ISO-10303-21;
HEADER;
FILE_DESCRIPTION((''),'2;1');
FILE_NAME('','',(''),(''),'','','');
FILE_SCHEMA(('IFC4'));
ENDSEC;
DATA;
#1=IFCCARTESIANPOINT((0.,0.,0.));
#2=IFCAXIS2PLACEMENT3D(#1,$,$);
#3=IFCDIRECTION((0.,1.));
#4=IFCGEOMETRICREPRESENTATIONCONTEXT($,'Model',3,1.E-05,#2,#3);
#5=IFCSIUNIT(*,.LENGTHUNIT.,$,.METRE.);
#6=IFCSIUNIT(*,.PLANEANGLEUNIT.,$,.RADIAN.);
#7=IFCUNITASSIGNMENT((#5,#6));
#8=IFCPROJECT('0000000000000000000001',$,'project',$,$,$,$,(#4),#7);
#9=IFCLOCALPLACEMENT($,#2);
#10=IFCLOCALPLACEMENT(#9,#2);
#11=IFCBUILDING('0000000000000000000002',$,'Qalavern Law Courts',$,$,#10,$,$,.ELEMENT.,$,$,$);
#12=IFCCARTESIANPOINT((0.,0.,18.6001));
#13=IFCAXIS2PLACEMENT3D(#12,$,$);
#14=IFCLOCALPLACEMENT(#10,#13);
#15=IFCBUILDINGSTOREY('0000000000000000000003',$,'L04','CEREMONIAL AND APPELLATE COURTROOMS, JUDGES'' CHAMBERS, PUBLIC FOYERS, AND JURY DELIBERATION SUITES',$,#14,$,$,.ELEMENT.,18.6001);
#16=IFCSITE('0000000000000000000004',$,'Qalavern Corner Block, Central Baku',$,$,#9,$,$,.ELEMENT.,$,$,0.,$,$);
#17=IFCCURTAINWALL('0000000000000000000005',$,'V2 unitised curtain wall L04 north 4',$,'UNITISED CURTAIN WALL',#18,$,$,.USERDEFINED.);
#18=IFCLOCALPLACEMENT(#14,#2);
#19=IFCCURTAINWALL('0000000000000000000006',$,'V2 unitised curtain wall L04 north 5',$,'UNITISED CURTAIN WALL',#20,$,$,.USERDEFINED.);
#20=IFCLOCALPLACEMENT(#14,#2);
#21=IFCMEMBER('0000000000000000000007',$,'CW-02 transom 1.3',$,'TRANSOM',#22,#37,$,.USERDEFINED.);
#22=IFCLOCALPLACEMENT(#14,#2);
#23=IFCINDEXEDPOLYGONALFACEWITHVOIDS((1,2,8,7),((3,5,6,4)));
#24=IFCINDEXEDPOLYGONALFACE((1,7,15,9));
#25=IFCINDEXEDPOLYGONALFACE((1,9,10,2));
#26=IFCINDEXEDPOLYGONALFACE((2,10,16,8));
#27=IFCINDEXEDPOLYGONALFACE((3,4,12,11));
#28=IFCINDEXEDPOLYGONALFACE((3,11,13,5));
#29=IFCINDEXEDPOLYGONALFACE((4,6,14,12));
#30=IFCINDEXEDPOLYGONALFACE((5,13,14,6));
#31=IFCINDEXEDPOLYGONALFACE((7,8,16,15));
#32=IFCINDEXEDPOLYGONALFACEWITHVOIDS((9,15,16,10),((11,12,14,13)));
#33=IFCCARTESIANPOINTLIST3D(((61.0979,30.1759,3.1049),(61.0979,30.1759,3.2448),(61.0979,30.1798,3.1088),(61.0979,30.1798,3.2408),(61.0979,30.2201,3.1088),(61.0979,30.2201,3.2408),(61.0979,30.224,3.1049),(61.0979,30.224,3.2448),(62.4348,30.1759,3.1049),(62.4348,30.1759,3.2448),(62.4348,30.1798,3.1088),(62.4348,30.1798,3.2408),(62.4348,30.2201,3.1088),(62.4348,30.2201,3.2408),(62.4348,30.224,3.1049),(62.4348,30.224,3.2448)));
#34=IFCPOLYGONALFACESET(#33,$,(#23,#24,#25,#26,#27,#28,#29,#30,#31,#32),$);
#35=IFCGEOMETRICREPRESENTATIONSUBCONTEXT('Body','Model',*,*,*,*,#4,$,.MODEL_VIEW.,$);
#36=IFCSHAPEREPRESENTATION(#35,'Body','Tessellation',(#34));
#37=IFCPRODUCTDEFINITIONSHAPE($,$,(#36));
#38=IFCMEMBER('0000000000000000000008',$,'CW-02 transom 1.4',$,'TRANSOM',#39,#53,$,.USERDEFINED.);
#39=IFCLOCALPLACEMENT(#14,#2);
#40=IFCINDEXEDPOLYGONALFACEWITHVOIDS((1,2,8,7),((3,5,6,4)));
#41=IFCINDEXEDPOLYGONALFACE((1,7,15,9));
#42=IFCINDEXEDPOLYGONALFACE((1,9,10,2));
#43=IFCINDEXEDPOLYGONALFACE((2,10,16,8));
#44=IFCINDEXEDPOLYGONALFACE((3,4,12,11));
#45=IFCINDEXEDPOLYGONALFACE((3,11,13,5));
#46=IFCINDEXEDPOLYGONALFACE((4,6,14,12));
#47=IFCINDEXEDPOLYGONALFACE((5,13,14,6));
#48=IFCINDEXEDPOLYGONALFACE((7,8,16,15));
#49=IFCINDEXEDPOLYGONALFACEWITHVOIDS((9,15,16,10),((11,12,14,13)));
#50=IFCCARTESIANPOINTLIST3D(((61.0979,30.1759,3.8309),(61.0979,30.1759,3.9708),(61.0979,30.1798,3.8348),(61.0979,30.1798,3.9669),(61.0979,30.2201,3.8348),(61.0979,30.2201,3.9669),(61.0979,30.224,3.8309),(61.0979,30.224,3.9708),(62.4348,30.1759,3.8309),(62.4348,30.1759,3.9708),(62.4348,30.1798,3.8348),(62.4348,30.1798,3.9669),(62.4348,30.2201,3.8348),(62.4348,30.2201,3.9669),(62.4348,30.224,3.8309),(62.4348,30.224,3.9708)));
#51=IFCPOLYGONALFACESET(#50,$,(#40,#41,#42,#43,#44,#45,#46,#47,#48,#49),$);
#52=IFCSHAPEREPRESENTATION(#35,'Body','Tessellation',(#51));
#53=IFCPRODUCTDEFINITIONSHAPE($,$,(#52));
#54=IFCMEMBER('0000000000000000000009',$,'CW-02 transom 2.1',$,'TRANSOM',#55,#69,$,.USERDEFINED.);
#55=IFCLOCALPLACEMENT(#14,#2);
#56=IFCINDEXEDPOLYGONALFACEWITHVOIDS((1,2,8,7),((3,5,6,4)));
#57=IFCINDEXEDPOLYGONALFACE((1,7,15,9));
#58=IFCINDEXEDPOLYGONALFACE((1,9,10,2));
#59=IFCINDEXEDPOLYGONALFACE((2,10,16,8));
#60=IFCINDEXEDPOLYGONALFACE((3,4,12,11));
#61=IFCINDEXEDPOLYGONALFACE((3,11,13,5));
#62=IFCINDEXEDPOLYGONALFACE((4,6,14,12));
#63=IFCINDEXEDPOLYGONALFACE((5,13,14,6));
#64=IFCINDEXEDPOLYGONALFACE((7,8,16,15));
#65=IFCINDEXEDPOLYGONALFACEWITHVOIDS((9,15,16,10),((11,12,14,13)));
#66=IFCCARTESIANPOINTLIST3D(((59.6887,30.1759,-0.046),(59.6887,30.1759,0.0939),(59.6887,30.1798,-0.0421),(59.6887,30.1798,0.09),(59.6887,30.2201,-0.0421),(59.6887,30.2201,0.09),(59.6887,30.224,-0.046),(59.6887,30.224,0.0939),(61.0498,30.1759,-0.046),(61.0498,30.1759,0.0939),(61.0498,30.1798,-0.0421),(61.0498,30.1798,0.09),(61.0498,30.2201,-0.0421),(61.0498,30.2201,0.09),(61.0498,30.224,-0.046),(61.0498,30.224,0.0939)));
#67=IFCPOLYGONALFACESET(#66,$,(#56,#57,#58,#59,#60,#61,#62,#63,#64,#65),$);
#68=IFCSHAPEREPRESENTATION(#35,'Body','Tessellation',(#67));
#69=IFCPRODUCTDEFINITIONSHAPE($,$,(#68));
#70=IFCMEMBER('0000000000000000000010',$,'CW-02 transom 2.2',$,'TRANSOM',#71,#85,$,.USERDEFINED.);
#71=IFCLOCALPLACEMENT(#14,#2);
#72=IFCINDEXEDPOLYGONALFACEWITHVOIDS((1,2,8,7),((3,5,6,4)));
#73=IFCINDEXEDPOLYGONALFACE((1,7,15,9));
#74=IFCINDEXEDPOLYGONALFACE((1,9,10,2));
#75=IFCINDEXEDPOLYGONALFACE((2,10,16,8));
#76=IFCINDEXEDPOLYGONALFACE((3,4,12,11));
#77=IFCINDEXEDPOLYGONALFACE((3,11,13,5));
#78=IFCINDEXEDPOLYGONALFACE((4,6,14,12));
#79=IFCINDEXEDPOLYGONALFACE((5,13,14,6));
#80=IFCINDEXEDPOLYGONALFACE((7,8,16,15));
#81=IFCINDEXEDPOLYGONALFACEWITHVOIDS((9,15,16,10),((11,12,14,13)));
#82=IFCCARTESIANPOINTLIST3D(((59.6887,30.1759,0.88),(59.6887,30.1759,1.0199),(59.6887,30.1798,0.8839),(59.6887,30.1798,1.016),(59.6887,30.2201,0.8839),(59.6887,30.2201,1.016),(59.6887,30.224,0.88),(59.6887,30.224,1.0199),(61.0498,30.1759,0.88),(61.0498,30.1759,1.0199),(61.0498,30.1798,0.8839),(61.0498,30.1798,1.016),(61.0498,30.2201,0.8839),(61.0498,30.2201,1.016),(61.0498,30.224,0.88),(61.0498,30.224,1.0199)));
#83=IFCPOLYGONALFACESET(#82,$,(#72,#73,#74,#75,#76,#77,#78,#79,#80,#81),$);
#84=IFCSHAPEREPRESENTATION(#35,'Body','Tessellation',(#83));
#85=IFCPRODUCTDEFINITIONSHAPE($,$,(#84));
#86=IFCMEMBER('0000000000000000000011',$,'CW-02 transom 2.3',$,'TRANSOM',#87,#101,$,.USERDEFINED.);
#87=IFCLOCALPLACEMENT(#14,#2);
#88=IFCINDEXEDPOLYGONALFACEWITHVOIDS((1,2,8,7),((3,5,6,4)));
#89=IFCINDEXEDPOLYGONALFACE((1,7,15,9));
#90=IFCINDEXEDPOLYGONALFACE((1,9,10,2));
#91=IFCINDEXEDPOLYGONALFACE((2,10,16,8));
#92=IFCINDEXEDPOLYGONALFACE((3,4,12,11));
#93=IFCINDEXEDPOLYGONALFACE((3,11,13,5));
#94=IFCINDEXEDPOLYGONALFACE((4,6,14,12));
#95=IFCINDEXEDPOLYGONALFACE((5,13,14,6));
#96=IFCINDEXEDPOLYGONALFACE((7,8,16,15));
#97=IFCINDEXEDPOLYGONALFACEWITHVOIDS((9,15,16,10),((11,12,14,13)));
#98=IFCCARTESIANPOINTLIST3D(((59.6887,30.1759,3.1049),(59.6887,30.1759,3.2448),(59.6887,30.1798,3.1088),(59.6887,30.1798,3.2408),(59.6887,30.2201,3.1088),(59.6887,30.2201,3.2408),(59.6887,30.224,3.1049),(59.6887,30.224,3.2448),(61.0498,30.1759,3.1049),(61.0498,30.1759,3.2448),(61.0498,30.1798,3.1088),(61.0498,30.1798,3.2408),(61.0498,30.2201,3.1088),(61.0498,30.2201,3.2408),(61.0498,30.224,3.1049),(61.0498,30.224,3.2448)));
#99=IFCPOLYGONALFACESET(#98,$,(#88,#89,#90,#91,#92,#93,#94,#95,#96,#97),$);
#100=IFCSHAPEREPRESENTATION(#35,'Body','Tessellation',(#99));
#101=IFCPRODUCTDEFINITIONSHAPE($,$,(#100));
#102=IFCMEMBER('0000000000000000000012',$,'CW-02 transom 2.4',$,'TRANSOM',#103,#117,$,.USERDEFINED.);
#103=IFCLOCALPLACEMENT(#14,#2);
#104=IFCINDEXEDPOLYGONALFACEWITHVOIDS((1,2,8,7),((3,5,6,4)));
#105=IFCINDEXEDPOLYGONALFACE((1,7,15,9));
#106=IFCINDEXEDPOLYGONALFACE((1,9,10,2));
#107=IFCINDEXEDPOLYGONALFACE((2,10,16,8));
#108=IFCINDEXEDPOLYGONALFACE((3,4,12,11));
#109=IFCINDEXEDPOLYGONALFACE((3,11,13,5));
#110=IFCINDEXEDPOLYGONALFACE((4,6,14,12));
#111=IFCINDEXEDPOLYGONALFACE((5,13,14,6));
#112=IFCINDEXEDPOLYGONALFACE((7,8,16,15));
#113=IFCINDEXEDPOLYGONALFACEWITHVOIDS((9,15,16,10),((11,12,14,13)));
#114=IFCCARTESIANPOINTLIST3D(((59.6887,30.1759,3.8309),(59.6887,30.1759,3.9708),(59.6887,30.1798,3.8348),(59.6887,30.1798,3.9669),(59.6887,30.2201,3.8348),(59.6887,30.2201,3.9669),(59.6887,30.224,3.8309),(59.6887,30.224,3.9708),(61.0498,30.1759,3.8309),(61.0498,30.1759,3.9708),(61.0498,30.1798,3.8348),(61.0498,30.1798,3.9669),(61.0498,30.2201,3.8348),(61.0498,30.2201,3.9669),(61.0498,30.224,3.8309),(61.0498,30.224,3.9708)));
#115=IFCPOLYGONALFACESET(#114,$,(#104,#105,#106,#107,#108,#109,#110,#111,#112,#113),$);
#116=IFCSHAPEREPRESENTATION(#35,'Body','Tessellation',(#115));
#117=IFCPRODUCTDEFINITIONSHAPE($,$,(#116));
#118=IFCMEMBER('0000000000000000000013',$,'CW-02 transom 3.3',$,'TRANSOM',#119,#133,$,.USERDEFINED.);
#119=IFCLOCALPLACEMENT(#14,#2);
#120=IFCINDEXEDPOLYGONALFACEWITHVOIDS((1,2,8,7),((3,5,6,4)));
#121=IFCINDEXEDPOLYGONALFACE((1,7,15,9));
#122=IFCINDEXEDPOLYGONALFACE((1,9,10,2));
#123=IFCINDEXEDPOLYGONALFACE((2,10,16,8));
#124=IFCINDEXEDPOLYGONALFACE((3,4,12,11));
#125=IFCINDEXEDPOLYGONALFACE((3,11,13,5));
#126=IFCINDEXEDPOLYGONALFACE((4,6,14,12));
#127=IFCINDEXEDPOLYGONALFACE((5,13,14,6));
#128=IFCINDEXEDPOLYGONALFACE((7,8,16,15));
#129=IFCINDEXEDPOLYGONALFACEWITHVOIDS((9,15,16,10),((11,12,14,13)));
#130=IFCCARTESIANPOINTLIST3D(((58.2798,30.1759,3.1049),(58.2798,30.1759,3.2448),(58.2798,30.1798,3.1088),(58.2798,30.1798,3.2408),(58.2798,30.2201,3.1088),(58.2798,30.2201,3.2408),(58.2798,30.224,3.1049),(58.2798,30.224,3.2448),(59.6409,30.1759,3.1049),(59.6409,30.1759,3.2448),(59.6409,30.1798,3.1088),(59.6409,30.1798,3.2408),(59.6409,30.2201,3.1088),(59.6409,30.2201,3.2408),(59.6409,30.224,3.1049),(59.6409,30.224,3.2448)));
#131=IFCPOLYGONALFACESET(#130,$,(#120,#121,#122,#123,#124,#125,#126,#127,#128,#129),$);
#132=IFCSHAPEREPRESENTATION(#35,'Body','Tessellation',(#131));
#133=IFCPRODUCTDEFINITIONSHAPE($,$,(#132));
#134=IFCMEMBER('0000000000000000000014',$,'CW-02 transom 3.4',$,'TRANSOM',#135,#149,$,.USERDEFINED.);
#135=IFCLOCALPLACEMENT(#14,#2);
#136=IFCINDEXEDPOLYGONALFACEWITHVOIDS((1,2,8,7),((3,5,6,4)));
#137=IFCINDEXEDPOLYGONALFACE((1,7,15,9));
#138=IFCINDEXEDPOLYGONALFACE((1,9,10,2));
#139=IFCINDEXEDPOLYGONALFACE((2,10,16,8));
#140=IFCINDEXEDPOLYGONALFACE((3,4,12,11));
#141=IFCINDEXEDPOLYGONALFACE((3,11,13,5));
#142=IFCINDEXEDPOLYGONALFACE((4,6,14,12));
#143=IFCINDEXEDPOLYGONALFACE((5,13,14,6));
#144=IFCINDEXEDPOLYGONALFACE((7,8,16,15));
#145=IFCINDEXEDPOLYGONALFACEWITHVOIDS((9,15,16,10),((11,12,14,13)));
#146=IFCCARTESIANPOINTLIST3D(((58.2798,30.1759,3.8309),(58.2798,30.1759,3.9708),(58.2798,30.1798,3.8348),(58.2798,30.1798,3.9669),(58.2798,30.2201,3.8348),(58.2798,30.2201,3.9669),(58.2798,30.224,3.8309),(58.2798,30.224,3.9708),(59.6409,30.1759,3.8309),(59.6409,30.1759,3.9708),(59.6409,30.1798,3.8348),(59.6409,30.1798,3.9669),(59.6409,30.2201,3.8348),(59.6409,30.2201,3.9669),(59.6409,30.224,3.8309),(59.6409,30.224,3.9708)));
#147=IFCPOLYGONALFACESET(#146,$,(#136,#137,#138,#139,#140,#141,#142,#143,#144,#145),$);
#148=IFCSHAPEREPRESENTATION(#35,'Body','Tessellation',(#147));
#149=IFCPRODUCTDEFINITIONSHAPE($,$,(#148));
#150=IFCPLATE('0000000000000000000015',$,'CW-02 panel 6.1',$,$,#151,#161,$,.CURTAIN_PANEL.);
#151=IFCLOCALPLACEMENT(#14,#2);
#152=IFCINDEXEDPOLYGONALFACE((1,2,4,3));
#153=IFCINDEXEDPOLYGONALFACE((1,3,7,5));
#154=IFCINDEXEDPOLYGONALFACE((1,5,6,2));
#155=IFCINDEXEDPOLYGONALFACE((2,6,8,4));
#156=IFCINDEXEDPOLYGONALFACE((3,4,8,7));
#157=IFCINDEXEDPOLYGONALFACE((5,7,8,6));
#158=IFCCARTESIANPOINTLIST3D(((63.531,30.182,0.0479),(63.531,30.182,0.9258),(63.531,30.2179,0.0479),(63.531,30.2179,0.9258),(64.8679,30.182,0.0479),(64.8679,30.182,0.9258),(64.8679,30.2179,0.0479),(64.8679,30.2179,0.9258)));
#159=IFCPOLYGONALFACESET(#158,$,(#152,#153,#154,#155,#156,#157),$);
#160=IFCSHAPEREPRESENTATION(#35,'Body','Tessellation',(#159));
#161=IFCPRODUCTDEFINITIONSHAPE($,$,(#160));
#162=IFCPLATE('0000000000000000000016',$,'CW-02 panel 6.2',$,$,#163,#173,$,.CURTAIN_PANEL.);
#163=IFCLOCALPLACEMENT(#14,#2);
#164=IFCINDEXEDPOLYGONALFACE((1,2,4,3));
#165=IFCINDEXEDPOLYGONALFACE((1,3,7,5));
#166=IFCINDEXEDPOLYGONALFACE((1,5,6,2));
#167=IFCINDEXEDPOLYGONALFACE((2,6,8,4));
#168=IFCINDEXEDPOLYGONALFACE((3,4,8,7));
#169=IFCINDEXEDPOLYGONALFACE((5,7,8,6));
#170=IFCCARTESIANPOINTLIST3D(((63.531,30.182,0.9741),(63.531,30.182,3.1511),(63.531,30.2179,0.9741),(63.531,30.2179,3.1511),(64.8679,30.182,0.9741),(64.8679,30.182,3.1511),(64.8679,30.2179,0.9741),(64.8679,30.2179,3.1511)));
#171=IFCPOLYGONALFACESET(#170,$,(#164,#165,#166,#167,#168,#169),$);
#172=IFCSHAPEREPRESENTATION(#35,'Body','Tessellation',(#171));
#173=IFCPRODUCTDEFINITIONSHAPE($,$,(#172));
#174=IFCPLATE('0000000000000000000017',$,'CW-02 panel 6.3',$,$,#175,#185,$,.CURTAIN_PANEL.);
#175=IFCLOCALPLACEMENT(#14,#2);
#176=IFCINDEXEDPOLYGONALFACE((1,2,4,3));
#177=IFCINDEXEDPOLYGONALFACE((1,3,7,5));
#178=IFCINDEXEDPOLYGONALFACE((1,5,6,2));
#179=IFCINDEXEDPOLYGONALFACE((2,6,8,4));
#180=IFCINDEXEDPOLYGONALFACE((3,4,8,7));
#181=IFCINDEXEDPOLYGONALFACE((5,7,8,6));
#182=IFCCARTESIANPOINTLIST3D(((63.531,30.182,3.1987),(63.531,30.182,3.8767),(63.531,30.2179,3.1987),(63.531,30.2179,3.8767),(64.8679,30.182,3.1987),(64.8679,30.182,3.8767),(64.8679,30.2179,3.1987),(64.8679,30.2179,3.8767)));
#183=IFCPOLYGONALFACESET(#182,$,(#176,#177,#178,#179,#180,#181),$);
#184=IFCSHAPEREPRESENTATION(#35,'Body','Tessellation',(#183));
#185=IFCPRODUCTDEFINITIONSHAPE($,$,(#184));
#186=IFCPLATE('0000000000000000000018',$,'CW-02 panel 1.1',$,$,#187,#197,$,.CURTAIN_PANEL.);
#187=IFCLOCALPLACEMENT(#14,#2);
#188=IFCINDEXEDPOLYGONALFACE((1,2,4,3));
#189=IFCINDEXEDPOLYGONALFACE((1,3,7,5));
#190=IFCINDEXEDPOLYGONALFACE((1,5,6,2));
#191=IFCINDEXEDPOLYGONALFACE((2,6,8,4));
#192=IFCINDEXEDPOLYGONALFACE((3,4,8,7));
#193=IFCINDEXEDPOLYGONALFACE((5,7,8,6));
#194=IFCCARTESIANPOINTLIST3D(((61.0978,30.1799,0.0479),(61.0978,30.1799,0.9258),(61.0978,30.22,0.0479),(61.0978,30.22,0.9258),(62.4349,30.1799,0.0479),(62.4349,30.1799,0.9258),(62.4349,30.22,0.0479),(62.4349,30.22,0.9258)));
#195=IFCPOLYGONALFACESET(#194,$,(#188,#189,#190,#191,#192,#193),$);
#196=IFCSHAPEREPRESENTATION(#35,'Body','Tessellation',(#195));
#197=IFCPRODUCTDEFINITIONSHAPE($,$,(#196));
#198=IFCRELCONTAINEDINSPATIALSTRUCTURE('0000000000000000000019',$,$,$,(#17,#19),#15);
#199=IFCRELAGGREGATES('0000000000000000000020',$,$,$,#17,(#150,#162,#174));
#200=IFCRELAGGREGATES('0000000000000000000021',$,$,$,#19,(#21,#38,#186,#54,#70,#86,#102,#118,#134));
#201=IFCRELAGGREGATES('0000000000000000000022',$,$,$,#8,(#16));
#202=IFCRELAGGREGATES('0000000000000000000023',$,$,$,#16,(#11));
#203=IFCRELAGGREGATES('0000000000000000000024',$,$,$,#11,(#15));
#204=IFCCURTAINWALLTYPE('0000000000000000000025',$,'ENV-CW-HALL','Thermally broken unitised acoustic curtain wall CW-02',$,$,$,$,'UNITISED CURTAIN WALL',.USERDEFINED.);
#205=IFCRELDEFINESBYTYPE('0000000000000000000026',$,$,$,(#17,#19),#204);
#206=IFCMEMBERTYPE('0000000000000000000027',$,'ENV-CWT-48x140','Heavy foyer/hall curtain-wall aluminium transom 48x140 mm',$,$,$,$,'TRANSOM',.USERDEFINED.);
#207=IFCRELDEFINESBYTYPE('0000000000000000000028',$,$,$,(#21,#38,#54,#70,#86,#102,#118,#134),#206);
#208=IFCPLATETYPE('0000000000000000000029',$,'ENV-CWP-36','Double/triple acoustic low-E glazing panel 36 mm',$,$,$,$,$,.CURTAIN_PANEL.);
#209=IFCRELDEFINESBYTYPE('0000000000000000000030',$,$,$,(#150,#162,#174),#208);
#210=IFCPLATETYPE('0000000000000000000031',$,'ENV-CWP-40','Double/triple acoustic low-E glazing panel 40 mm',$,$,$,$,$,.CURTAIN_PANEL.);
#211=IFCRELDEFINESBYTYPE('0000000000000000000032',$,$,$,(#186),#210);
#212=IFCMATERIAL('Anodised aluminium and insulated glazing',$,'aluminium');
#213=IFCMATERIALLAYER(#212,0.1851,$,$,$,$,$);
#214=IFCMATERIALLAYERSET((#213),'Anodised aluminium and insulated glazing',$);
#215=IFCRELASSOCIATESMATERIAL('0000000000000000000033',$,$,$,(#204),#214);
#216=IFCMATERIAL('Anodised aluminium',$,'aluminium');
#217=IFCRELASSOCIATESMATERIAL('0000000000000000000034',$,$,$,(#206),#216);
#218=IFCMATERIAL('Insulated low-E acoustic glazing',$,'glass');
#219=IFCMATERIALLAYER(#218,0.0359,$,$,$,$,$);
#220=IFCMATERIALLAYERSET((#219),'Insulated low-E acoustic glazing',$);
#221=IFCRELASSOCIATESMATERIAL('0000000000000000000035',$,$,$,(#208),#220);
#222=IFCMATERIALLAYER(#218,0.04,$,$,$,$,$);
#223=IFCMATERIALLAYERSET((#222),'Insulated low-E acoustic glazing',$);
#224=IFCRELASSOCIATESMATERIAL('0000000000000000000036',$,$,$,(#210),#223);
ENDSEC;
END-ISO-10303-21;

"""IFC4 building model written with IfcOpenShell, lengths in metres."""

from ifc_helpers import new_model, si_unit, direction, frame, origin, origin_2d, place, context, subcontext, project, spatial, rectangle, hollow_rectangle, extrude, material, layer, layer_set, material_profile, profile_set, type_object, element, aggregate, save


model = new_model("IFC4")

# Units and contexts
model_context = context("Model", 3, precision=1e-05, world=origin(), true_north=direction((0.0, 1.0)))
body_context = subcontext(model_context, "Body", "Model", "MODEL_VIEW")
ifc_project = project(units=[si_unit("LENGTHUNIT", "METRE"), si_unit("PLANEANGLEUNIT", "RADIAN")], contexts=[model_context])

# Site, building, storey
site_placement = place(None, origin())
site = spatial("IfcSite", under=ifc_project, at=site_placement, Name="Qalavern Corner Block, Central Baku", CompositionType="ELEMENT", RefElevation=0.0)
building_placement = place(site_placement, origin())
building = spatial("IfcBuilding", under=site, at=building_placement, Name="Qalavern Law Courts", CompositionType="ELEMENT")
storey_placement = place(building_placement, frame((0.0, 0.0, 18.6001)))
storey = spatial("IfcBuildingStorey", under=building, at=storey_placement, Name="L04", Description="CEREMONIAL AND APPELLATE COURTROOMS, JUDGES' CHAMBERS, PUBLIC FOYERS, AND JURY DELIBERATION SUITES", CompositionType="ELEMENT", Elevation=18.6001)

# Curtain walls
ifc_material_1 = material(Name="Anodised aluminium and insulated glazing", Category="aluminium")
ifc_layer_1 = layer(ifc_material_1, 0.1851)
ifc_layer_set_1 = layer_set([ifc_layer_1], Name="Anodised aluminium and insulated glazing")
curtain_wall_type = type_object("IfcCurtainWallType", Name="ENV-CW-HALL", Description="Thermally broken unitised acoustic curtain wall CW-02", ElementType="UNITISED CURTAIN WALL", PredefinedType="USERDEFINED", material=ifc_layer_set_1)
curtain_wall_1_placement = place(storey_placement, origin())
curtain_wall_1 = element("IfcCurtainWall", 1, at=curtain_wall_1_placement, inside=storey, type_object=curtain_wall_type, Name="V2 unitised curtain wall L04 north 4", ObjectType="UNITISED CURTAIN WALL", PredefinedType="USERDEFINED")
ifc_material_2 = material(Name="Anodised aluminium", Category="aluminium")
curtain_wall_2_placement = place(storey_placement, origin())
curtain_wall_2 = element("IfcCurtainWall", 2, at=curtain_wall_2_placement, inside=storey, type_object=curtain_wall_type, Name="V2 unitised curtain wall L04 north 5", ObjectType="UNITISED CURTAIN WALL", PredefinedType="USERDEFINED")

# Members
ifc_material_profile_1 = material_profile(ifc_material_2, hollow_rectangle(XDim=0.0481, YDim=0.1399, WallThickness=0.0039, at=origin_2d()), Name="ALU TRANSOM 48x140")
ifc_profile_set_1 = profile_set([ifc_material_profile_1], Name="Anodised aluminium")
member_type_1 = type_object("IfcMemberType", Name="ENV-CWT-48x140", Description="Heavy foyer/hall curtain-wall aluminium transom 48x140 mm", ElementType="TRANSOM", PredefinedType="USERDEFINED", material=ifc_profile_set_1)
member_1_placement = place(storey_placement, frame((62.4348, 30.2, 3.1748), z_axis=(-1.0, 0.0, 0.0), x_axis=(0.0, -1.0, 0.0)))
member_1 = element("IfcMember", 3, at=member_1_placement, type_object=member_type_1, Name="CW-02 transom 1.3", ObjectType="TRANSOM", PredefinedType="USERDEFINED", context=body_context, shape_type="SweptSolid", body=[
    extrude(hollow_rectangle(XDim=0.0481, YDim=0.1399, WallThickness=0.0039, at=origin_2d()), origin(), (0.0, 0.0, 1.0), 1.3369),
])
member_2_placement = place(storey_placement, frame((62.4348, 30.2, 3.9009), z_axis=(-1.0, 0.0, 0.0), x_axis=(0.0, -1.0, 0.0)))
member_2 = element("IfcMember", 4, at=member_2_placement, type_object=member_type_1, Name="CW-02 transom 1.4", ObjectType="TRANSOM", PredefinedType="USERDEFINED", context=body_context, shape_type="SweptSolid", body=[
    extrude(hollow_rectangle(XDim=0.0481, YDim=0.1399, WallThickness=0.0039, at=origin_2d()), origin(), (0.0, 0.0, 1.0), 1.3369),
])
member_3_placement = place(storey_placement, frame((61.0498, 30.2, 0.0239), z_axis=(-1.0, 0.0, 0.0), x_axis=(0.0, -1.0, 0.0)))
member_3 = element("IfcMember", 5, at=member_3_placement, type_object=member_type_1, Name="CW-02 transom 2.1", ObjectType="TRANSOM", PredefinedType="USERDEFINED", context=body_context, shape_type="SweptSolid", body=[
    extrude(hollow_rectangle(XDim=0.0481, YDim=0.1399, WallThickness=0.0039, at=origin_2d()), origin(), (0.0, 0.0, 1.0), 1.3611),
])
member_4_placement = place(storey_placement, frame((61.0498, 30.2, 0.95), z_axis=(-1.0, 0.0, 0.0), x_axis=(0.0, -1.0, 0.0)))
member_4 = element("IfcMember", 6, at=member_4_placement, type_object=member_type_1, Name="CW-02 transom 2.2", ObjectType="TRANSOM", PredefinedType="USERDEFINED", context=body_context, shape_type="SweptSolid", body=[
    extrude(hollow_rectangle(XDim=0.0481, YDim=0.1399, WallThickness=0.0039, at=origin_2d()), origin(), (0.0, 0.0, 1.0), 1.3611),
])
member_5_placement = place(storey_placement, frame((61.0498, 30.2, 3.1748), z_axis=(-1.0, 0.0, 0.0), x_axis=(0.0, -1.0, 0.0)))
member_5 = element("IfcMember", 7, at=member_5_placement, type_object=member_type_1, Name="CW-02 transom 2.3", ObjectType="TRANSOM", PredefinedType="USERDEFINED", context=body_context, shape_type="SweptSolid", body=[
    extrude(hollow_rectangle(XDim=0.0481, YDim=0.1399, WallThickness=0.0039, at=origin_2d()), origin(), (0.0, 0.0, 1.0), 1.3611),
])
member_6_placement = place(storey_placement, frame((61.0498, 30.2, 3.9009), z_axis=(-1.0, 0.0, 0.0), x_axis=(0.0, -1.0, 0.0)))
member_6 = element("IfcMember", 8, at=member_6_placement, type_object=member_type_1, Name="CW-02 transom 2.4", ObjectType="TRANSOM", PredefinedType="USERDEFINED", context=body_context, shape_type="SweptSolid", body=[
    extrude(hollow_rectangle(XDim=0.0481, YDim=0.1399, WallThickness=0.0039, at=origin_2d()), origin(), (0.0, 0.0, 1.0), 1.3611),
])
member_7_placement = place(storey_placement, frame((59.6409, 30.2, 3.1748), z_axis=(-1.0, 0.0, 0.0), x_axis=(0.0, -1.0, 0.0)))
member_7 = element("IfcMember", 9, at=member_7_placement, type_object=member_type_1, Name="CW-02 transom 3.3", ObjectType="TRANSOM", PredefinedType="USERDEFINED", context=body_context, shape_type="SweptSolid", body=[
    extrude(hollow_rectangle(XDim=0.0481, YDim=0.1399, WallThickness=0.0039, at=origin_2d()), origin(), (0.0, 0.0, 1.0), 1.3611),
])
member_8_placement = place(storey_placement, frame((59.6409, 30.2, 3.9009), z_axis=(-1.0, 0.0, 0.0), x_axis=(0.0, -1.0, 0.0)))
member_8 = element("IfcMember", 10, at=member_8_placement, type_object=member_type_1, Name="CW-02 transom 3.4", ObjectType="TRANSOM", PredefinedType="USERDEFINED", context=body_context, shape_type="SweptSolid", body=[
    extrude(hollow_rectangle(XDim=0.0481, YDim=0.1399, WallThickness=0.0039, at=origin_2d()), origin(), (0.0, 0.0, 1.0), 1.3611),
])

# Plates
ifc_material_3 = material(Name="Insulated low-E acoustic glazing", Category="glass")
ifc_layer_2 = layer(ifc_material_3, 0.0359)
ifc_layer_set_2 = layer_set([ifc_layer_2], Name="Insulated low-E acoustic glazing")
plate_type_1 = type_object("IfcPlateType", Name="ENV-CWP-36", Description="Double/triple acoustic low-E glazing panel 36 mm", PredefinedType="CURTAIN_PANEL", material=ifc_layer_set_2)
plate_1_placement = place(storey_placement, frame((64.1995, 30.2, 0.0479), z_axis=(0.0, 0.0, 1.0), x_axis=(-1.0, 0.0, 0.0)))
plate_1 = element("IfcPlate", 11, at=plate_1_placement, type_object=plate_type_1, Name="CW-02 panel 6.1", PredefinedType="CURTAIN_PANEL", context=body_context, shape_type="SweptSolid", body=[
    extrude(rectangle(XDim=1.3369, YDim=0.0359, at=origin_2d()), origin(), (0.0, 0.0, 1.0), 0.8779),
])
plate_2_placement = place(storey_placement, frame((64.1995, 30.2, 0.9741), z_axis=(0.0, 0.0, 1.0), x_axis=(-1.0, 0.0, 0.0)))
plate_2 = element("IfcPlate", 12, at=plate_2_placement, type_object=plate_type_1, Name="CW-02 panel 6.2", PredefinedType="CURTAIN_PANEL", context=body_context, shape_type="SweptSolid", body=[
    extrude(rectangle(XDim=1.3369, YDim=0.0359, at=origin_2d()), origin(), (0.0, 0.0, 1.0), 2.177),
])
plate_3_placement = place(storey_placement, frame((64.1995, 30.2, 3.1987), z_axis=(0.0, 0.0, 1.0), x_axis=(-1.0, 0.0, 0.0)))
plate_3 = element("IfcPlate", 13, at=plate_3_placement, type_object=plate_type_1, Name="CW-02 panel 6.3", PredefinedType="CURTAIN_PANEL", context=body_context, shape_type="SweptSolid", body=[
    extrude(rectangle(XDim=1.3369, YDim=0.0359, at=origin_2d()), origin(), (0.0, 0.0, 1.0), 0.678),
])
aggregate(curtain_wall_1, [plate_1, plate_2, plate_3])
ifc_layer_3 = layer(ifc_material_3, 0.04)
ifc_layer_set_3 = layer_set([ifc_layer_3], Name="Insulated low-E acoustic glazing")
plate_type_2 = type_object("IfcPlateType", Name="ENV-CWP-40", Description="Double/triple acoustic low-E glazing panel 40 mm", PredefinedType="CURTAIN_PANEL", material=ifc_layer_set_3)
plate_4_placement = place(storey_placement, frame((61.7664, 30.2, 0.0479), z_axis=(0.0, 0.0, 1.0), x_axis=(-1.0, 0.0, 0.0)))
plate_4 = element("IfcPlate", 14, at=plate_4_placement, type_object=plate_type_2, Name="CW-02 panel 1.1", PredefinedType="CURTAIN_PANEL", context=body_context, shape_type="SweptSolid", body=[
    extrude(rectangle(XDim=1.3372, YDim=0.04, at=origin_2d()), origin(), (0.0, 0.0, 1.0), 0.8779),
])
aggregate(curtain_wall_2, [member_1, member_2, plate_4, member_3, member_4, member_5, member_6, member_7, member_8])

save(model, "model.ifc")
